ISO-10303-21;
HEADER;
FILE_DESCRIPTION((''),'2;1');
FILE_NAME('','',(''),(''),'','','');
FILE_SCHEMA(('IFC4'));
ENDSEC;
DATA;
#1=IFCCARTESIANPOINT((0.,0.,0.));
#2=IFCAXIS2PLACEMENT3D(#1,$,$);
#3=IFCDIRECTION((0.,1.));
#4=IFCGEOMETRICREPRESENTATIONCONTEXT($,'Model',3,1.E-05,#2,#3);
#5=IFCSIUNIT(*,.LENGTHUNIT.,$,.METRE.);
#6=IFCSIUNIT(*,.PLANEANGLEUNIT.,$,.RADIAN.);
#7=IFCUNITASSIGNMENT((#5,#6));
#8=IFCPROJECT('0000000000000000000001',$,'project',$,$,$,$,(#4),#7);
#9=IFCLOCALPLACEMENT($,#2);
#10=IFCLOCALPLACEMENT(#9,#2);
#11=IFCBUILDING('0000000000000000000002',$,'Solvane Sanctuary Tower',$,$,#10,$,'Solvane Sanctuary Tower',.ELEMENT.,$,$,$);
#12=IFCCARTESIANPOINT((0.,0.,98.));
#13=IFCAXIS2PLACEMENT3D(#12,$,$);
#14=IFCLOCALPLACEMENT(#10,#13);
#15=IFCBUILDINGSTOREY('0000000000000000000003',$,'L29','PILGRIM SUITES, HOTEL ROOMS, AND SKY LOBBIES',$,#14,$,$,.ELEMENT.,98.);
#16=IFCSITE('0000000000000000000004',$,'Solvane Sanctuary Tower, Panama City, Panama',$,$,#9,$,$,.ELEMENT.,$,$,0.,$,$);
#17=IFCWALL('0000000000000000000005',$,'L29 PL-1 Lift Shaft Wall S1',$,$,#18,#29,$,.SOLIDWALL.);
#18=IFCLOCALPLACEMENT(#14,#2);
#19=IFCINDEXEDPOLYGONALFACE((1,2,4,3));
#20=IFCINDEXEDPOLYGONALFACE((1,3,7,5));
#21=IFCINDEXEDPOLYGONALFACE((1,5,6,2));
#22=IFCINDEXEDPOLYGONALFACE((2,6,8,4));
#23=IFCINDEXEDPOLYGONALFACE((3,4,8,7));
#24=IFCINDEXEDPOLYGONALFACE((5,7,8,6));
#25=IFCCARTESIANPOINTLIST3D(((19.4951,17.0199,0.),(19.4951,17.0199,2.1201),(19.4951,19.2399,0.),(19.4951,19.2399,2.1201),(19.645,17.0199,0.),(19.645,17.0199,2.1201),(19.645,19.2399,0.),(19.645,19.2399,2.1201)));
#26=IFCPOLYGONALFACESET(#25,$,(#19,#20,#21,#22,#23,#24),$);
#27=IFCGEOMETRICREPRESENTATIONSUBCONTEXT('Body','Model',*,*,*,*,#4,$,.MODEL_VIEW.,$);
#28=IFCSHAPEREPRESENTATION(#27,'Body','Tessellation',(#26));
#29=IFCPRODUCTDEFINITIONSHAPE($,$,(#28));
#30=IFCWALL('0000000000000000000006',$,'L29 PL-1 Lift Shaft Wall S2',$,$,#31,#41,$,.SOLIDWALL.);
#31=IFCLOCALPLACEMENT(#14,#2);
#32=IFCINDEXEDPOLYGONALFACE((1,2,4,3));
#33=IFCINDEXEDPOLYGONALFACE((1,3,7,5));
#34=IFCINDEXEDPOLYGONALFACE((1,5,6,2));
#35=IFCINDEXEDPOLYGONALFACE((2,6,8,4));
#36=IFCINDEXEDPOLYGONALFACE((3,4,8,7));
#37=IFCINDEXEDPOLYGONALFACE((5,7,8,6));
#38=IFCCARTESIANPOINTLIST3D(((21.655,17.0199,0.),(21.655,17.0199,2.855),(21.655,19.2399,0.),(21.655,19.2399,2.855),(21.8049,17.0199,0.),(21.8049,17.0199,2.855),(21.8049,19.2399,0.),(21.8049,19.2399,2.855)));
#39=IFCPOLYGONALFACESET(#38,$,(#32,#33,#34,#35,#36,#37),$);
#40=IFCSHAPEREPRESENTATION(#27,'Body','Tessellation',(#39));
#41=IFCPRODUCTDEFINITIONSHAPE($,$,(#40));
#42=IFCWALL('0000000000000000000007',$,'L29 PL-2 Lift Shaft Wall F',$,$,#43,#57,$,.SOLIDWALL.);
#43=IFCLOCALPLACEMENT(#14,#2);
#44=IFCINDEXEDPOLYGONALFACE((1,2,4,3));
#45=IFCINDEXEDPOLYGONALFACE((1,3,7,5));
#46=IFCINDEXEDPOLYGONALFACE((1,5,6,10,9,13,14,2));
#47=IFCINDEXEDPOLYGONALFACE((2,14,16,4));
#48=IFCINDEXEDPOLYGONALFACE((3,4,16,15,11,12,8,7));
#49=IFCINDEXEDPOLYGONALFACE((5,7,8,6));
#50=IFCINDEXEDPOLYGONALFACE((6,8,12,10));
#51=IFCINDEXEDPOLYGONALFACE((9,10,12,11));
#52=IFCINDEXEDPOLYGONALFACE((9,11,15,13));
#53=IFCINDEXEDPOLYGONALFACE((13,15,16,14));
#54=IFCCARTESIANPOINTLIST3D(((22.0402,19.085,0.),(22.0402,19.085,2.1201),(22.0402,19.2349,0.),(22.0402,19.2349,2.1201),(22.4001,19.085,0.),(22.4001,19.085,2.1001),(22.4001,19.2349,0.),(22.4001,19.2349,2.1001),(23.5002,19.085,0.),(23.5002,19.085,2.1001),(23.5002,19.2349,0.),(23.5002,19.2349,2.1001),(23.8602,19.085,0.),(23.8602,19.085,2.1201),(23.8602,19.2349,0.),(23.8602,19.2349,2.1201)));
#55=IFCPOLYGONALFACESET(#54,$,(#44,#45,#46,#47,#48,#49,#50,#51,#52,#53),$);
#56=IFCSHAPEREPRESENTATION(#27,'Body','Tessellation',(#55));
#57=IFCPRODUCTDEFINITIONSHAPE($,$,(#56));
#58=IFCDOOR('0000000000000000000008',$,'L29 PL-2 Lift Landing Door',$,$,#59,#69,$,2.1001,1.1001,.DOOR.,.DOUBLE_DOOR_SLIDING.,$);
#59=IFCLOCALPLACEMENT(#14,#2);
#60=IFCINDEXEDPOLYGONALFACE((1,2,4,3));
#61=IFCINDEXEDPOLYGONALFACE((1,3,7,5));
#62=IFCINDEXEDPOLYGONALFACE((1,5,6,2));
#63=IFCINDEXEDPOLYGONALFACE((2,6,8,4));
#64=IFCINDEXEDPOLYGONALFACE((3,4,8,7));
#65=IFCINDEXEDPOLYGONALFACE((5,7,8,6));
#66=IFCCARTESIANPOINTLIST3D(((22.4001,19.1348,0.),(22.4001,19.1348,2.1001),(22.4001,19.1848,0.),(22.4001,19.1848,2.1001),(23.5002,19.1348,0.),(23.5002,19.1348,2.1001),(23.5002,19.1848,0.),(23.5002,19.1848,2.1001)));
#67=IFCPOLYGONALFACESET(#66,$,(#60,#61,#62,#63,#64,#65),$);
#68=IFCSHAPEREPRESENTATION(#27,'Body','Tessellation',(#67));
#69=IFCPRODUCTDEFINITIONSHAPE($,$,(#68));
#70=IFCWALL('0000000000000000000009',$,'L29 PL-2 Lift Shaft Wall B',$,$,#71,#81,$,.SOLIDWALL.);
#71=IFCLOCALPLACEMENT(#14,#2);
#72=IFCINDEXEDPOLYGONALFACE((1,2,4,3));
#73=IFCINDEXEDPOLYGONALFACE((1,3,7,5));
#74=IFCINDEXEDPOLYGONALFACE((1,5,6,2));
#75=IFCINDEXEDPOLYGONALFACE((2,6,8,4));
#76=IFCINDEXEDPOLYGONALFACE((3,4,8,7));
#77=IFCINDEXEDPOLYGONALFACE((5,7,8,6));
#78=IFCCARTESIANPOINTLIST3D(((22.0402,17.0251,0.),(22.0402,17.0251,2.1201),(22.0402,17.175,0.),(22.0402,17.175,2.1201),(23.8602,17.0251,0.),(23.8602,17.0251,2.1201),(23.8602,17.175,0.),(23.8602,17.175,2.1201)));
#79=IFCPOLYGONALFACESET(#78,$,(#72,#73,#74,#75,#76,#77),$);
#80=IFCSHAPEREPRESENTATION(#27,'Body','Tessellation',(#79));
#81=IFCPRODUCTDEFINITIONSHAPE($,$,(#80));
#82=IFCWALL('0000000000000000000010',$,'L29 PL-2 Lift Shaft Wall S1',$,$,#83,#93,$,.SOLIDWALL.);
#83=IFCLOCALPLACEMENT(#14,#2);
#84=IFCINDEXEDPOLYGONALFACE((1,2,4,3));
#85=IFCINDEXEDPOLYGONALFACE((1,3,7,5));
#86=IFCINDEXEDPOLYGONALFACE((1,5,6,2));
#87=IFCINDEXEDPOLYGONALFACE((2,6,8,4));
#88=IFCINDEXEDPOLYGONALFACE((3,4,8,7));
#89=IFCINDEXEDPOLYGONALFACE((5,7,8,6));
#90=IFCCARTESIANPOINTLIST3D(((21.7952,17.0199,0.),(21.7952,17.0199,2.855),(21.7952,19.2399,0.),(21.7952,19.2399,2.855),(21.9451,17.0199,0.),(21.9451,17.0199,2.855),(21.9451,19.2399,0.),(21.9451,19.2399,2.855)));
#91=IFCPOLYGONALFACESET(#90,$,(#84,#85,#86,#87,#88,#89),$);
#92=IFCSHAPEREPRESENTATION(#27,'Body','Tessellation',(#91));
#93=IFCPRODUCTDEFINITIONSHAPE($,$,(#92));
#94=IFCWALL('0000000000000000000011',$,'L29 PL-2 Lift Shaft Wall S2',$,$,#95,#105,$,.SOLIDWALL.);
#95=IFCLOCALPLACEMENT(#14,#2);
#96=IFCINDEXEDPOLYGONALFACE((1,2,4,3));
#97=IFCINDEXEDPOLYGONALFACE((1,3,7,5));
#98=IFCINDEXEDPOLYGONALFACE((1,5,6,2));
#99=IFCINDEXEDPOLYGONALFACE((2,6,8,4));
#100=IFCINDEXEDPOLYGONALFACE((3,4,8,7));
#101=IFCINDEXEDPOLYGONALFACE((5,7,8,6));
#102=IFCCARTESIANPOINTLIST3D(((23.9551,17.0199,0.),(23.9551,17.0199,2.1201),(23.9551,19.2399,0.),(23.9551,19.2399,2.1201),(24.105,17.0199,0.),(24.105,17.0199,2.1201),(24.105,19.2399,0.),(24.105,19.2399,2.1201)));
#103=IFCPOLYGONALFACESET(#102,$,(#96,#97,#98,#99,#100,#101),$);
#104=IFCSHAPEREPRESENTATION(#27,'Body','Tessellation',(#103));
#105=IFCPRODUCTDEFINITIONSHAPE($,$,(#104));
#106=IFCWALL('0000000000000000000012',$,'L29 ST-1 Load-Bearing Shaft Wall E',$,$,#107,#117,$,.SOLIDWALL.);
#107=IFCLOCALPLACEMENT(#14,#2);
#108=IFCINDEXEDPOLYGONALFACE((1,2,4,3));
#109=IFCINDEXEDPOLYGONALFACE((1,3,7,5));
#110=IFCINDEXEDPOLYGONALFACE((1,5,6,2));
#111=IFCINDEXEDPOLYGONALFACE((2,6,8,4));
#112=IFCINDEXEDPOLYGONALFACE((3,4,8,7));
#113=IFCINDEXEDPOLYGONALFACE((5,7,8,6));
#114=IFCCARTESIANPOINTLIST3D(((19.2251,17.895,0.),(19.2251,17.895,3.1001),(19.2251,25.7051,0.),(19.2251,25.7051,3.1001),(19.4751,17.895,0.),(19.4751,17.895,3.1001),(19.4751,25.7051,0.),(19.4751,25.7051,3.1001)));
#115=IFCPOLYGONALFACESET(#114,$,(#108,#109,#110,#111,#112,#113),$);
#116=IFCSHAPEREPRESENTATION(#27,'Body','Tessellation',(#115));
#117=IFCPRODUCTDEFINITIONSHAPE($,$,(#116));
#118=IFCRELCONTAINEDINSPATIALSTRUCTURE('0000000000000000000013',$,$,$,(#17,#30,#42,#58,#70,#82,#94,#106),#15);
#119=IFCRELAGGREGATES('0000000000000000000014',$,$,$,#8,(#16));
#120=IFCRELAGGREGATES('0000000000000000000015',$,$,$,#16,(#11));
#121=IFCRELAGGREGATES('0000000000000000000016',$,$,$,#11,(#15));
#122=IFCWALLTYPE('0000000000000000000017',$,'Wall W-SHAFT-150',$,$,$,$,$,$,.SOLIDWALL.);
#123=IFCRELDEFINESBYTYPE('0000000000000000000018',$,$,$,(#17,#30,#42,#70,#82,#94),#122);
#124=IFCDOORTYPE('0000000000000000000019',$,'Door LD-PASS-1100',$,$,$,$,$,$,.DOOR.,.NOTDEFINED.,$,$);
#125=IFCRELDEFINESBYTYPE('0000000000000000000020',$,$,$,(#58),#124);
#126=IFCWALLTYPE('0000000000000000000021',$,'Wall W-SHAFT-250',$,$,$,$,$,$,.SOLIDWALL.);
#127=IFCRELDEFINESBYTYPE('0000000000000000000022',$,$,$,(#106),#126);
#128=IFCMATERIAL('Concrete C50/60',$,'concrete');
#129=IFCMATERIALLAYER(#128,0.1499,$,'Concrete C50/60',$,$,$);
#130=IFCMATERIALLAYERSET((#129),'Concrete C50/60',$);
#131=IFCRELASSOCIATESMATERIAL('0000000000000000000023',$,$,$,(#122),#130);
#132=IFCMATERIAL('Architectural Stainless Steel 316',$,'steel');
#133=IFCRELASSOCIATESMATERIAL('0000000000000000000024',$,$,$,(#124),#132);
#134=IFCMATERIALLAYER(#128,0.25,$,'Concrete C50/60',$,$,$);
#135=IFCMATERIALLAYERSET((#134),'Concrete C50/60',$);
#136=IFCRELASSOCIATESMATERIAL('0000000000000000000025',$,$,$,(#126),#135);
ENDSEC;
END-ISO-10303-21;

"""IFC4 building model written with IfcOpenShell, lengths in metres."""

from ifc_helpers import new_model, si_unit, direction, frame, frame_2d, origin, place, context, subcontext, project, spatial, rectangle, extrude, material, layer, layer_set, type_object, element, fill, save


model = new_model("IFC4")

# Units and contexts
model_context = context("Model", 3, precision=1e-05, world=origin(), true_north=direction((0.0, 1.0)))
body_context = subcontext(model_context, "Body", "Model", "MODEL_VIEW")
ifc_project = project(units=[si_unit("LENGTHUNIT", "METRE"), si_unit("PLANEANGLEUNIT", "RADIAN")], contexts=[model_context])

# Site, building, storey
site_placement = place(None, origin())
site = spatial("IfcSite", under=ifc_project, at=site_placement, Name="Solvane Sanctuary Tower, Panama City, Panama", CompositionType="ELEMENT", RefElevation=0.0)
building_placement = place(site_placement, origin())
building = spatial("IfcBuilding", under=site, at=building_placement, Name="Solvane Sanctuary Tower", LongName="Solvane Sanctuary Tower", CompositionType="ELEMENT")
storey_placement = place(building_placement, frame((0.0, 0.0, 98.0)))
storey = spatial("IfcBuildingStorey", under=building, at=storey_placement, Name="L29", Description="PILGRIM SUITES, HOTEL ROOMS, AND SKY LOBBIES", CompositionType="ELEMENT", Elevation=98.0)

# Shared definitions
ifc_material_1 = material(Name="Concrete C50/60", Category="concrete")
ifc_layer_1 = layer(ifc_material_1, 0.1499, Name="Concrete C50/60")
ifc_layer_set_1 = layer_set([ifc_layer_1], Name="Concrete C50/60")
wall_type_1 = type_object("IfcWallType", Name="Wall W-SHAFT-150", PredefinedType="SOLIDWALL", material=ifc_layer_set_1)
ifc_material_2 = material(Name="Architectural Stainless Steel 316", Category="steel")
door_type = type_object("IfcDoorType", Name="Door LD-PASS-1100", OperationType="NOTDEFINED", PredefinedType="DOOR", material=ifc_material_2)

# Walls
wall_1_placement = place(storey_placement, frame((19.5701, 17.02, 0.0), z_axis=(0.0, 0.0, 1.0), x_axis=(0.0, 1.0, 0.0)))
element("IfcWall", 1, at=wall_1_placement, inside=storey, type_object=wall_type_1, Name="L29 PL-1 Lift Shaft Wall S1", PredefinedType="SOLIDWALL", context=body_context, shape_type="SweptSolid", body=[
    extrude(rectangle(XDim=2.22, YDim=0.1499, at=frame_2d((1.1099, 0.0))), origin(), (0.0, 0.0, 1.0), 2.1201),
])
wall_2_placement = place(storey_placement, frame((21.73, 17.02, 0.0), z_axis=(0.0, 0.0, 1.0), x_axis=(0.0, 1.0, 0.0)))
element("IfcWall", 2, at=wall_2_placement, inside=storey, type_object=wall_type_1, Name="L29 PL-1 Lift Shaft Wall S2", PredefinedType="SOLIDWALL", context=body_context, shape_type="SweptSolid", body=[
    extrude(rectangle(XDim=2.22, YDim=0.1499, at=frame_2d((1.1099, 0.0))), origin(), (0.0, 0.0, 1.0), 2.855),
])

# Wall, opening, door
wall_3_placement = place(storey_placement, frame((22.04, 19.1599, 0.0), z_axis=(0.0, 0.0, 1.0), x_axis=(1.0, 0.0, 0.0)))
wall_3 = element("IfcWall", 3, at=wall_3_placement, inside=storey, type_object=wall_type_1, Name="L29 PL-2 Lift Shaft Wall F", PredefinedType="SOLIDWALL", context=body_context, shape_type="SweptSolid", body=[
    extrude(rectangle(XDim=1.8201, YDim=0.1499, at=frame_2d((0.9102, 0.0))), origin(), (0.0, 0.0, 1.0), 2.1201),
])
opening_1_placement = place(wall_3_placement, frame((0.3601, 0.0, 0.0)))
opening_1 = element("IfcOpeningElement", 4, at=opening_1_placement, cuts=wall_3, PredefinedType="OPENING", context=body_context, shape_type="SweptSolid", body=[
    extrude(rectangle(XDim=1.1001, YDim=2.1001, at=frame_2d((0.55, 1.05))), frame((0.0, 0.085, 0.0), z_axis=(0.0, -1.0, 0.0), x_axis=(1.0, 0.0, 0.0)), (0.0, 0.0, 1.0), 0.1699),
])
door_1_placement = place(opening_1_placement, origin())
door_1 = element("IfcDoor", 5, at=door_1_placement, inside=storey, type_object=door_type, Name="L29 PL-2 Lift Landing Door", OperationType="DOUBLE_DOOR_SLIDING", OverallHeight=2.1001, OverallWidth=1.1001, PredefinedType="DOOR", context=body_context, shape_type="SweptSolid", body=[
    extrude(rectangle(XDim=1.1001, YDim=2.1001, at=frame_2d((0.55, 1.05))), frame((0.0, 0.0249, 0.0), z_axis=(0.0, -1.0, 0.0), x_axis=(1.0, 0.0, 0.0)), (0.0, 0.0, 1.0), 0.05),
])
fill(opening_1, door_1)

# Walls
wall_4_placement = place(storey_placement, frame((22.04, 17.1001, 0.0), z_axis=(0.0, 0.0, 1.0), x_axis=(1.0, 0.0, 0.0)))
element("IfcWall", 6, at=wall_4_placement, inside=storey, type_object=wall_type_1, Name="L29 PL-2 Lift Shaft Wall B", PredefinedType="SOLIDWALL", context=body_context, shape_type="SweptSolid", body=[
    extrude(rectangle(XDim=1.8201, YDim=0.1499, at=frame_2d((0.9102, 0.0))), origin(), (0.0, 0.0, 1.0), 2.1201),
])
wall_5_placement = place(storey_placement, frame((21.8701, 17.02, 0.0), z_axis=(0.0, 0.0, 1.0), x_axis=(0.0, 1.0, 0.0)))
element("IfcWall", 7, at=wall_5_placement, inside=storey, type_object=wall_type_1, Name="L29 PL-2 Lift Shaft Wall S1", PredefinedType="SOLIDWALL", context=body_context, shape_type="SweptSolid", body=[
    extrude(rectangle(XDim=2.22, YDim=0.1499, at=frame_2d((1.1099, 0.0))), origin(), (0.0, 0.0, 1.0), 2.855),
])
wall_6_placement = place(storey_placement, frame((24.03, 17.02, 0.0), z_axis=(0.0, 0.0, 1.0), x_axis=(0.0, 1.0, 0.0)))
element("IfcWall", 8, at=wall_6_placement, inside=storey, type_object=wall_type_1, Name="L29 PL-2 Lift Shaft Wall S2", PredefinedType="SOLIDWALL", context=body_context, shape_type="SweptSolid", body=[
    extrude(rectangle(XDim=2.22, YDim=0.1499, at=frame_2d((1.1099, 0.0))), origin(), (0.0, 0.0, 1.0), 2.1201),
])
ifc_layer_2 = layer(ifc_material_1, 0.25, Name="Concrete C50/60")
ifc_layer_set_2 = layer_set([ifc_layer_2], Name="Concrete C50/60")
wall_type_2 = type_object("IfcWallType", Name="Wall W-SHAFT-250", PredefinedType="SOLIDWALL", material=ifc_layer_set_2)
wall_7_placement = place(storey_placement, frame((19.3501, 17.895, 0.0), z_axis=(0.0, 0.0, 1.0), x_axis=(0.0, 1.0, 0.0)))
element("IfcWall", 9, at=wall_7_placement, inside=storey, type_object=wall_type_2, Name="L29 ST-1 Load-Bearing Shaft Wall E", PredefinedType="SOLIDWALL", context=body_context, shape_type="SweptSolid", body=[
    extrude(rectangle(XDim=7.8101, YDim=0.25, at=frame_2d((3.905, 0.0))), origin(), (0.0, 0.0, 1.0), 3.1001),
])

save(model, "model.ifc")
